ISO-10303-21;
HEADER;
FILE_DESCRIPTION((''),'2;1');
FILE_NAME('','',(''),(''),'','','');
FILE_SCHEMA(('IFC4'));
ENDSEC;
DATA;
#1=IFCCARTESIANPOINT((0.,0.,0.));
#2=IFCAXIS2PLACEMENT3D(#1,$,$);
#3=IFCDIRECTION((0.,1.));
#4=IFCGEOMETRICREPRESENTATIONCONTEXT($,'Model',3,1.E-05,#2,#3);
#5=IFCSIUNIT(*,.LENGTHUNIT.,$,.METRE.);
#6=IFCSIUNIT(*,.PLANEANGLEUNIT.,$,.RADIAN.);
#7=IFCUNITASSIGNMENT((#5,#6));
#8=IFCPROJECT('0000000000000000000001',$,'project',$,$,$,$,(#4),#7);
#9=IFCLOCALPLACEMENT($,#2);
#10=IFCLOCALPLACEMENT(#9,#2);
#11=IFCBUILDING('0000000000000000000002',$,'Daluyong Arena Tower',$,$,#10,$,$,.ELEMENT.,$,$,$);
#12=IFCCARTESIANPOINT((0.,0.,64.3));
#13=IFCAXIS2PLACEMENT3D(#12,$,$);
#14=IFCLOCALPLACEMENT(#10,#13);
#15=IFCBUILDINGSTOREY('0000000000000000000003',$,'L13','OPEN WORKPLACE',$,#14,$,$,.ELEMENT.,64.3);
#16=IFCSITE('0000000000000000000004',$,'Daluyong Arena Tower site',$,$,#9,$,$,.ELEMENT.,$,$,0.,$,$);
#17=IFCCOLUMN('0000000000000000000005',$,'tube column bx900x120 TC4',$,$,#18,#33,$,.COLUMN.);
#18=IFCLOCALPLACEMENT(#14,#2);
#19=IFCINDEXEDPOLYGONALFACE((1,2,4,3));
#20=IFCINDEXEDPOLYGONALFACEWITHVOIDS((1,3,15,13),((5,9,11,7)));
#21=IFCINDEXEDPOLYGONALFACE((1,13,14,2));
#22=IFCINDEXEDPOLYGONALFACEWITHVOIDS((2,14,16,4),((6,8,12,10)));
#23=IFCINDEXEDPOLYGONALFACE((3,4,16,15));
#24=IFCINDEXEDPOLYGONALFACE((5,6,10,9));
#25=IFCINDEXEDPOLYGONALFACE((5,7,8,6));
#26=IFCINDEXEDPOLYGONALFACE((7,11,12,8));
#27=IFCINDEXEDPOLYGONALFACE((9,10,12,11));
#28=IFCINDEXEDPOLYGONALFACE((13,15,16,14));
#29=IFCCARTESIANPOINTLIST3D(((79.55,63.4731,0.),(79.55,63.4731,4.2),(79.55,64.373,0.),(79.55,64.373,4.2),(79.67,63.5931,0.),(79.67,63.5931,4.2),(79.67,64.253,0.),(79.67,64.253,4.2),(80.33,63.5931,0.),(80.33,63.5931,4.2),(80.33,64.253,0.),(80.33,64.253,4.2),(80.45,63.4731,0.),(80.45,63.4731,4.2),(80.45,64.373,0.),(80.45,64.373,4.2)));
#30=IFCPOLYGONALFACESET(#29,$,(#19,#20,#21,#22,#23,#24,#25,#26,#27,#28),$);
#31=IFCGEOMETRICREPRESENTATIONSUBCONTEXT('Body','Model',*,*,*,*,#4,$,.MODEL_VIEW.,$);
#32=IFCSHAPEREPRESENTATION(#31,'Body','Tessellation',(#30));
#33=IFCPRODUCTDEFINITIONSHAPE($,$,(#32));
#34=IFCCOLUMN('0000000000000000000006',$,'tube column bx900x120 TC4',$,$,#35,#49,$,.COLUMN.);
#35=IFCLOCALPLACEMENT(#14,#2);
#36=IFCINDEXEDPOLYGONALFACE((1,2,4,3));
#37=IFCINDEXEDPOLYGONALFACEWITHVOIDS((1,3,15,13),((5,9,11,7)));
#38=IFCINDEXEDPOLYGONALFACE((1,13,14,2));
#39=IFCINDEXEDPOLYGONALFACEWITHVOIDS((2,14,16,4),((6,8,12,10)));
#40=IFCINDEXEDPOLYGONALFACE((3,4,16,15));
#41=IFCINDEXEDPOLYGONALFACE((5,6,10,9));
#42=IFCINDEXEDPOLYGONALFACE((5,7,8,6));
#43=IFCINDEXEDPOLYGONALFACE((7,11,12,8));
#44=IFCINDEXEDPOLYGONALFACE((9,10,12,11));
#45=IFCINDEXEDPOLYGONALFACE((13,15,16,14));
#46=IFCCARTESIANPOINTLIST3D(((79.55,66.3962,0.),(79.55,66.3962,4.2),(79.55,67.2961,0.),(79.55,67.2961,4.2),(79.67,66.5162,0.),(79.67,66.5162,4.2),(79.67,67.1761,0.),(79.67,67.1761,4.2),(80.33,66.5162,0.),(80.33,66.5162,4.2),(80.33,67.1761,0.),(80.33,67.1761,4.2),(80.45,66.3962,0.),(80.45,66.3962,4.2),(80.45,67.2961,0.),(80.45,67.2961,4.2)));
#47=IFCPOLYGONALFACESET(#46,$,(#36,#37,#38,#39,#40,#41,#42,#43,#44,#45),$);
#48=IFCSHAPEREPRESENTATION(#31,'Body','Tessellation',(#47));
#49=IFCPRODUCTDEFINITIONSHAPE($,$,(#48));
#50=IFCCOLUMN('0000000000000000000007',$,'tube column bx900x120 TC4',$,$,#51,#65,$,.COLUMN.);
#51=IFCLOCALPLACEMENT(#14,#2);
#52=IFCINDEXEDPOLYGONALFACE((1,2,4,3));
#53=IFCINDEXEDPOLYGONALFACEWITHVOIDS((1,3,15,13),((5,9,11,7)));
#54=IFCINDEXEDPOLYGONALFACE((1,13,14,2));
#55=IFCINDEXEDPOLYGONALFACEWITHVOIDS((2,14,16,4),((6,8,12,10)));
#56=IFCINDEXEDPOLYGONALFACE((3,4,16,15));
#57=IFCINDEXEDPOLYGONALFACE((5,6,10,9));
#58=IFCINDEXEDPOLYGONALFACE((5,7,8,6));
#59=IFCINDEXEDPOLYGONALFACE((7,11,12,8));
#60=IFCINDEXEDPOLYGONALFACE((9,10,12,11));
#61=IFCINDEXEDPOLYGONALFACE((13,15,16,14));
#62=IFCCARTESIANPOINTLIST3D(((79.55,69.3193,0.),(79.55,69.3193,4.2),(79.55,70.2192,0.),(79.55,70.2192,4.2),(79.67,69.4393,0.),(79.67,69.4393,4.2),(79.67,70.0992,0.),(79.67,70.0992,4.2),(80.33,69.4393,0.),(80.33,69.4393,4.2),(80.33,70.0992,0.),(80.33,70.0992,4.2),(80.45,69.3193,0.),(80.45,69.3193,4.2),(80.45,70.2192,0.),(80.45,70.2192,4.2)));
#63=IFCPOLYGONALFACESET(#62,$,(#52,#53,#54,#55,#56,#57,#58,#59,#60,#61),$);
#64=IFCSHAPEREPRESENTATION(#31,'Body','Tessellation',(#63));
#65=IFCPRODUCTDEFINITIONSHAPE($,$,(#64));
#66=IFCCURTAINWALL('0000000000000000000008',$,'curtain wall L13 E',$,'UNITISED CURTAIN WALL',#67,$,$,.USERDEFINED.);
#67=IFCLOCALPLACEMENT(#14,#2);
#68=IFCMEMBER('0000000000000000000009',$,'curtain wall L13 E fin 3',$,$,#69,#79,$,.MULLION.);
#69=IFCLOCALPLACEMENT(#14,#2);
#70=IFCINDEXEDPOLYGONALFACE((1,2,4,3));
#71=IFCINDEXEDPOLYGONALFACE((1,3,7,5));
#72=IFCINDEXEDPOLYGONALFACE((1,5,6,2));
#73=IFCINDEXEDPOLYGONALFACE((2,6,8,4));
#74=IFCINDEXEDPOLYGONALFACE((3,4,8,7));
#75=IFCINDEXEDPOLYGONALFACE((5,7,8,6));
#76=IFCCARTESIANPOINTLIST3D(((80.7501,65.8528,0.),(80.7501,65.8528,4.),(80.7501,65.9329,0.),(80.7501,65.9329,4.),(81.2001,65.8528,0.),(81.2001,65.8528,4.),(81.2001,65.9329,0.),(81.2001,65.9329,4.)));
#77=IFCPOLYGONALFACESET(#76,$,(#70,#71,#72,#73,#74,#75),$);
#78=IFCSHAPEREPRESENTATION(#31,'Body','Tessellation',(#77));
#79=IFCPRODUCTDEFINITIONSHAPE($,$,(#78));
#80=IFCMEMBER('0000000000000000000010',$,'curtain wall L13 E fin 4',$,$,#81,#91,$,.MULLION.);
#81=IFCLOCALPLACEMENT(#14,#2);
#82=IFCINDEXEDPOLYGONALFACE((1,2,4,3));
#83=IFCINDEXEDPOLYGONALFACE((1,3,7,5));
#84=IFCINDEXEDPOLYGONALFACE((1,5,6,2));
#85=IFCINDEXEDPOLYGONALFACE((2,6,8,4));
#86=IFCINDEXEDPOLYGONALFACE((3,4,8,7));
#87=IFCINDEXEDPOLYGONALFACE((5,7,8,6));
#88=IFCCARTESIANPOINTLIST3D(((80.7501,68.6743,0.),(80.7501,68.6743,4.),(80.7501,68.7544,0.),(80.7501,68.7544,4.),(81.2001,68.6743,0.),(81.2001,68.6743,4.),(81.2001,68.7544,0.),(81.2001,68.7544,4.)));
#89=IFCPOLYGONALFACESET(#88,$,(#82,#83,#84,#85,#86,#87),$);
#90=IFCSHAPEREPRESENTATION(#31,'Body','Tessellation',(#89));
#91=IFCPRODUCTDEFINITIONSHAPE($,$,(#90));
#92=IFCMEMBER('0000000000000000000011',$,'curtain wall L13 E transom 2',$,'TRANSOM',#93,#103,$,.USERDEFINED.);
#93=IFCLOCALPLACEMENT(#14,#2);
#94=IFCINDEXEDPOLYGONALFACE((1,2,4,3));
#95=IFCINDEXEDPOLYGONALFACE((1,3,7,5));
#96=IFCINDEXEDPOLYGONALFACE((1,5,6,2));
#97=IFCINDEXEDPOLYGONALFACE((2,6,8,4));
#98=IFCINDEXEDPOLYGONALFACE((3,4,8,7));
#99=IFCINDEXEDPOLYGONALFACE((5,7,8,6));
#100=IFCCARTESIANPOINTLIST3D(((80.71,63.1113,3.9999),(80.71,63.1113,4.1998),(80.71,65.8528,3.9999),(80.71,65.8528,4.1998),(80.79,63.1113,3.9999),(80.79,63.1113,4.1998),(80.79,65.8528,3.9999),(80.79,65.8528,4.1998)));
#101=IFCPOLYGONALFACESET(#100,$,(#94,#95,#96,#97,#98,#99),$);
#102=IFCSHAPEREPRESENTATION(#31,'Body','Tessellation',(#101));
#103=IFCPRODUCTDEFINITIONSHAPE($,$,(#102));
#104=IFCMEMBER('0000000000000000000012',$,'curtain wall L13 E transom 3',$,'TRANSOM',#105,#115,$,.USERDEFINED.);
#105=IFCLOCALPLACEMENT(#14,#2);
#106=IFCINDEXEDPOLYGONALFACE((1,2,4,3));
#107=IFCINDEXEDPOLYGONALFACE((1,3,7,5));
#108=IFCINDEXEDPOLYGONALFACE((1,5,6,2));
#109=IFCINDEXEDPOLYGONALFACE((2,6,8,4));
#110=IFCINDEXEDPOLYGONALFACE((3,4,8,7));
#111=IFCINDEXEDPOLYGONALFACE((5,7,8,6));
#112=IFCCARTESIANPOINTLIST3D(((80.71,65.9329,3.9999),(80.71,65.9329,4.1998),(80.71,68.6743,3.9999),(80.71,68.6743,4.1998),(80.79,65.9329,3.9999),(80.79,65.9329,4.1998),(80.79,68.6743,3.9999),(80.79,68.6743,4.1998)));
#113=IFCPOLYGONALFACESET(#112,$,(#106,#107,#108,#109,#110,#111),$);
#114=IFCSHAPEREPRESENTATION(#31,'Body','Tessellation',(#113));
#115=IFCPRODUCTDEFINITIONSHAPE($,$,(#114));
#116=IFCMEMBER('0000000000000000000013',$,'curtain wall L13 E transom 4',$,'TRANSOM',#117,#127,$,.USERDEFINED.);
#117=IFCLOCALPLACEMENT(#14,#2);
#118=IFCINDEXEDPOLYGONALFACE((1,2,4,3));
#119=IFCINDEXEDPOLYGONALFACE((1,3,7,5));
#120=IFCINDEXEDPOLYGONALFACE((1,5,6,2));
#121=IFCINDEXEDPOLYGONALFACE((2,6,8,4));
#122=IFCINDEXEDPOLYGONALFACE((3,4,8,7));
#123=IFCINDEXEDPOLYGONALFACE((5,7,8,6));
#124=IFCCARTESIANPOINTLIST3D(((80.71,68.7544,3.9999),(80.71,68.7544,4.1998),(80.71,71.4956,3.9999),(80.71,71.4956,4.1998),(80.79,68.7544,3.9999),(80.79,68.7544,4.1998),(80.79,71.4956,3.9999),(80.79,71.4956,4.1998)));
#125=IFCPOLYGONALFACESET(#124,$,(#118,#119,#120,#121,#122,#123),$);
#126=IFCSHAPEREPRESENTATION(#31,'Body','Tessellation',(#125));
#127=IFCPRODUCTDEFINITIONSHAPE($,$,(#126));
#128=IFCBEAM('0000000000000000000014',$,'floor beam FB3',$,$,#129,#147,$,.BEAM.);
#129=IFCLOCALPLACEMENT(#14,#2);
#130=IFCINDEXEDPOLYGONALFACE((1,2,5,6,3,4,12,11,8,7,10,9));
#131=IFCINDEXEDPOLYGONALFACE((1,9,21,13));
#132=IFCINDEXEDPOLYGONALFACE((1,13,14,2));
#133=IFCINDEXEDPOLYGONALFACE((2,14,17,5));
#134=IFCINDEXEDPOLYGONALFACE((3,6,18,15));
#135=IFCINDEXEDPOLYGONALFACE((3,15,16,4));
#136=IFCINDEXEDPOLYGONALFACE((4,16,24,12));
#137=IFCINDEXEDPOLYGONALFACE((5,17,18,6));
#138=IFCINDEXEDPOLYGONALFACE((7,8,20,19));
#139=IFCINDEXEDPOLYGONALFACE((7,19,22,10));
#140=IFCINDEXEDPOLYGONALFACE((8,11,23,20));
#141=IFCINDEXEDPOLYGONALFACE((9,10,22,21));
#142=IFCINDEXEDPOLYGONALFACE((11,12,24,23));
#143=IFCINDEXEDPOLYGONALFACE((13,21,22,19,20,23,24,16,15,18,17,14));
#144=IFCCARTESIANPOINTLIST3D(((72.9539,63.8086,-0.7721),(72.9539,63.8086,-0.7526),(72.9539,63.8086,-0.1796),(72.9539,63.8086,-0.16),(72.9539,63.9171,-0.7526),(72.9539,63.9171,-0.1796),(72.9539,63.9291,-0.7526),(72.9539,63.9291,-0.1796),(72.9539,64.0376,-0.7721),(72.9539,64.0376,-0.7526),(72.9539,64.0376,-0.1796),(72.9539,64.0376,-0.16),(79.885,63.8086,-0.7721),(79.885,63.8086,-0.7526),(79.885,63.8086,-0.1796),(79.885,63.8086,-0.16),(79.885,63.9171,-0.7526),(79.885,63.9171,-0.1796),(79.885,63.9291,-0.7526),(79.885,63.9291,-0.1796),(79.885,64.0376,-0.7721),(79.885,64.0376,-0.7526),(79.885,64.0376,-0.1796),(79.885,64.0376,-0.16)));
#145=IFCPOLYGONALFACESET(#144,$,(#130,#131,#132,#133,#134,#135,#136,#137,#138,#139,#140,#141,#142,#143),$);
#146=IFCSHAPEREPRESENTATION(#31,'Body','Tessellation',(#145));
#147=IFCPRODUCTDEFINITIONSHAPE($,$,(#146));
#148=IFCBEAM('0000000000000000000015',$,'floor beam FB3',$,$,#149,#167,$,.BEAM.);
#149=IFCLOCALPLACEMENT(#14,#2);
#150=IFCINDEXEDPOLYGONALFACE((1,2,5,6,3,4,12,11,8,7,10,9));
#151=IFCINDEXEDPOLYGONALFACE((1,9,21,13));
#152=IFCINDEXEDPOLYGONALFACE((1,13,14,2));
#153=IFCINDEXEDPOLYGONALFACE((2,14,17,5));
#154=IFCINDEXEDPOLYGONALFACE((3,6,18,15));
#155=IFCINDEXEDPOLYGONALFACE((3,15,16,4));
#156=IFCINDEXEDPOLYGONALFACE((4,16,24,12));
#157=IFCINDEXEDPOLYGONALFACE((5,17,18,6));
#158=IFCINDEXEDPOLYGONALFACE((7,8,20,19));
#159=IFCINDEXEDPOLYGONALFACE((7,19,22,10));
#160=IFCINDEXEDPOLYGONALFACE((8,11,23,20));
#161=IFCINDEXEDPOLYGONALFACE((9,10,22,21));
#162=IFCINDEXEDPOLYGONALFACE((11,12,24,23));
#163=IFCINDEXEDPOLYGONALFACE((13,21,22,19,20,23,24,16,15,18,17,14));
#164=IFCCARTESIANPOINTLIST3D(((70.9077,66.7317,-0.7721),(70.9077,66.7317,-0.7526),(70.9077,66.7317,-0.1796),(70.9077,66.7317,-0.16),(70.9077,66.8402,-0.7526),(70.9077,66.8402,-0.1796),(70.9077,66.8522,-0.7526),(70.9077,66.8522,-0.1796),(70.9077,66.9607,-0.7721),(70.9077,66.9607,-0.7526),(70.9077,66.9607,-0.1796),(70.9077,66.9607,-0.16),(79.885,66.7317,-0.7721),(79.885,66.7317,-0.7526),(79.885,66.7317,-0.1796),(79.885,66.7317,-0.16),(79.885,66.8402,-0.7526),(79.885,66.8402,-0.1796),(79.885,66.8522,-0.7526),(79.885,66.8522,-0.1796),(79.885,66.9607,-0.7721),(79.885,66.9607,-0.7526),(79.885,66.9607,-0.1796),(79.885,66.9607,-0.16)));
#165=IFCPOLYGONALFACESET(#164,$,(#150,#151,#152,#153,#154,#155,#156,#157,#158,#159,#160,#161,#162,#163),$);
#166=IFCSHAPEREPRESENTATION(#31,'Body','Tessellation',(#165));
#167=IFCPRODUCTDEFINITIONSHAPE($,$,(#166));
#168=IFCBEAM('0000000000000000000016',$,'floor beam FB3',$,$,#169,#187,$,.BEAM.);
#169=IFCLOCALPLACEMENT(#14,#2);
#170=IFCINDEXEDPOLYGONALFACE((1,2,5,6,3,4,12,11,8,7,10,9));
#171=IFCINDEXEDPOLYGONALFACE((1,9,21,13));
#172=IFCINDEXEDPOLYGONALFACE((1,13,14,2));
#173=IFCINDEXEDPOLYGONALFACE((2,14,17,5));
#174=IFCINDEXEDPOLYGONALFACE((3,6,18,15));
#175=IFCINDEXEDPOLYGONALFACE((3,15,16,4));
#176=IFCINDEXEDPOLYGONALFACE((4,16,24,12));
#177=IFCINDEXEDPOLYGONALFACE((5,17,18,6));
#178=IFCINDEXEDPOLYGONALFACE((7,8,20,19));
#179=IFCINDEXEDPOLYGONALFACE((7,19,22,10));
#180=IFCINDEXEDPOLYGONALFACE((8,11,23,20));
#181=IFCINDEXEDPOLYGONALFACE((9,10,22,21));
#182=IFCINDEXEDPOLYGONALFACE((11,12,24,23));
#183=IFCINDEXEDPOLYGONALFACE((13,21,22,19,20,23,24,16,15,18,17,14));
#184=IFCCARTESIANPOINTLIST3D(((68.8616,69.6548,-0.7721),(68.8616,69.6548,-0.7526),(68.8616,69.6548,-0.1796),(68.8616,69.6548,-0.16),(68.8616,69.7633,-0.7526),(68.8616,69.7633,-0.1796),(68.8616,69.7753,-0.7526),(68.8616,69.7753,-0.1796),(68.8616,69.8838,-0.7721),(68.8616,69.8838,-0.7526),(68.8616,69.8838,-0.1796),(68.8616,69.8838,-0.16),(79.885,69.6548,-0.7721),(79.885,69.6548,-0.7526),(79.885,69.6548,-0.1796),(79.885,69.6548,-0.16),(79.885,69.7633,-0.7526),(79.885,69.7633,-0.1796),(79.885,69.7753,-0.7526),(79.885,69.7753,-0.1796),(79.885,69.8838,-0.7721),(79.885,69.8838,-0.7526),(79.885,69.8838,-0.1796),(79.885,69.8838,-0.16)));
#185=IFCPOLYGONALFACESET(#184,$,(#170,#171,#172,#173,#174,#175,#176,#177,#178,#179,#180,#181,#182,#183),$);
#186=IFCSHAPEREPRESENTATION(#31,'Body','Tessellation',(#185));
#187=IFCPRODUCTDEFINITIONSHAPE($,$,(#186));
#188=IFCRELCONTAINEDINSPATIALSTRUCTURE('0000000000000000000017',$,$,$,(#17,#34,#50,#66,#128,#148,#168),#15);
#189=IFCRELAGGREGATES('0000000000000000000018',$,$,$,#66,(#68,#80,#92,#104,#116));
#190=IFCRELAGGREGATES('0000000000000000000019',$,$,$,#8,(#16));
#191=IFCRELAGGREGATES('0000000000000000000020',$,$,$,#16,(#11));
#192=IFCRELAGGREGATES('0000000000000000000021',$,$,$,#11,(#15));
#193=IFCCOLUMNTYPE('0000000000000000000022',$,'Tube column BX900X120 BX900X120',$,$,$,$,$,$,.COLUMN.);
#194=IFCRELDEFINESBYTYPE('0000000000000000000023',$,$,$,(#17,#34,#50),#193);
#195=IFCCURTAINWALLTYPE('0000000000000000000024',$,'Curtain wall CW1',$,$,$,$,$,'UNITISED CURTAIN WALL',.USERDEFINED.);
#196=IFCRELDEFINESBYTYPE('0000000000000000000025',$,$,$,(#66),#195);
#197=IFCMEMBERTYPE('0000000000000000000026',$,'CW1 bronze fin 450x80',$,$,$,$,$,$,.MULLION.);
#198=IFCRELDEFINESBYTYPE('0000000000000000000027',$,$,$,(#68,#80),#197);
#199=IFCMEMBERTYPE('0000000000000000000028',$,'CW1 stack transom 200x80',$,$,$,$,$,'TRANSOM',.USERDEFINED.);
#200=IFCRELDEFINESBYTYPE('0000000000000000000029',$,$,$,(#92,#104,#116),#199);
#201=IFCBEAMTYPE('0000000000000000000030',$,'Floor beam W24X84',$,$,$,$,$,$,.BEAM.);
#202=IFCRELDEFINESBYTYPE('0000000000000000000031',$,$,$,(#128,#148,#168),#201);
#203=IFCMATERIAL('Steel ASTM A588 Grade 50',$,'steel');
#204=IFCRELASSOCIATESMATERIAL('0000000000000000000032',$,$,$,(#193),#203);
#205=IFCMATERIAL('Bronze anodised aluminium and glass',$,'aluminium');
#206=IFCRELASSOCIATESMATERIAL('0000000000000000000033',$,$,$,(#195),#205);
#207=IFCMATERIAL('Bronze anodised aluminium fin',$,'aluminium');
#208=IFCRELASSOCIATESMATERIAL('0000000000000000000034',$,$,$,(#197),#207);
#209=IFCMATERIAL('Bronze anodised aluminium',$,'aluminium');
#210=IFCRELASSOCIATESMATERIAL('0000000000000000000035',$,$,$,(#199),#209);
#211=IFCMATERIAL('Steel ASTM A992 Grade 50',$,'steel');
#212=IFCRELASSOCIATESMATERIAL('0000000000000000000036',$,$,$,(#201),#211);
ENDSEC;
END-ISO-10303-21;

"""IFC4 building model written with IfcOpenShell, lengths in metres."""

from ifc_helpers import new_model, si_unit, direction, frame, origin, origin_2d, place, context, subcontext, project, spatial, rectangle, hollow_rectangle, i_section, extrude, material, material_profile, profile_set, type_object, element, aggregate, save


model = new_model("IFC4")

# Units and contexts
model_context = context("Model", 3, precision=1e-05, world=origin(), true_north=direction((0.0, 1.0)))
body_context = subcontext(model_context, "Body", "Model", "MODEL_VIEW")
ifc_project = project(units=[si_unit("LENGTHUNIT", "METRE"), si_unit("PLANEANGLEUNIT", "RADIAN")], contexts=[model_context])

# Site, building, storey
site_placement = place(None, origin())
site = spatial("IfcSite", under=ifc_project, at=site_placement, Name="Daluyong Arena Tower site", CompositionType="ELEMENT", RefElevation=0.0)
building_placement = place(site_placement, origin())
building = spatial("IfcBuilding", under=site, at=building_placement, Name="Daluyong Arena Tower", CompositionType="ELEMENT")
storey_placement = place(building_placement, frame((0.0, 0.0, 64.3)))
storey = spatial("IfcBuildingStorey", under=building, at=storey_placement, Name="L13", Description="OPEN WORKPLACE", CompositionType="ELEMENT", Elevation=64.3)

# Columns
ifc_material_1 = material(Name="Steel ASTM A588 Grade 50", Category="steel")
ifc_material_profile_1 = material_profile(ifc_material_1, hollow_rectangle(XDim=0.8999, YDim=0.8999, WallThickness=0.12, at=origin_2d()))
ifc_profile_set_1 = profile_set([ifc_material_profile_1], Name="Steel ASTM A588 Grade 50")
column_type = type_object("IfcColumnType", Name="Tube column BX900X120 BX900X120", PredefinedType="COLUMN", material=ifc_profile_set_1)
for number, where, z_axis, x_axis, name in (
    (1, (80.0, 63.9231, 0.0), (0.0, 0.0, 1.0), (0.0, 1.0, 0.0), "tube column bx900x120 TC4"),
    (2, (80.0, 66.8462, 0.0), (0.0, 0.0, 1.0), (0.0, 1.0, 0.0), "tube column bx900x120 TC4"),
    (3, (80.0, 69.7693, 0.0), (0.0, 0.0, 1.0), (0.0, 1.0, 0.0), "tube column bx900x120 TC4"),
):
    element("IfcColumn", number, at=place(storey_placement, frame(where, z_axis=z_axis, x_axis=x_axis)), inside=storey, type_object=column_type, Name=name, PredefinedType="COLUMN", context=body_context, shape_type="SweptSolid", body=[
        extrude(hollow_rectangle(XDim=0.8999, YDim=0.8999, WallThickness=0.12, at=origin_2d()), origin(), (0.0, 0.0, 1.0), 4.2),
    ])

# Curtain wall, members
ifc_material_2 = material(Name="Bronze anodised aluminium and glass", Category="aluminium")
curtain_wall_type = type_object("IfcCurtainWallType", Name="Curtain wall CW1", ElementType="UNITISED CURTAIN WALL", PredefinedType="USERDEFINED", material=ifc_material_2)
curtain_wall_placement = place(storey_placement, origin())
curtain_wall = element("IfcCurtainWall", 4, at=curtain_wall_placement, inside=storey, type_object=curtain_wall_type, Name="curtain wall L13 E", ObjectType="UNITISED CURTAIN WALL", PredefinedType="USERDEFINED")
ifc_material_3 = material(Name="Bronze anodised aluminium fin", Category="aluminium")
ifc_material_profile_2 = material_profile(ifc_material_3, rectangle(XDim=0.45, YDim=0.0801, at=origin_2d()))
ifc_profile_set_2 = profile_set([ifc_material_profile_2], Name="Bronze anodised aluminium fin")
member_type_1 = type_object("IfcMemberType", Name="CW1 bronze fin 450x80", PredefinedType="MULLION", material=ifc_profile_set_2)
member_1_placement = place(storey_placement, frame((80.9751, 65.8928, 0.0), z_axis=(0.0, 0.0, 1.0), x_axis=(-1.0, 0.0, 0.0)))
member_1 = element("IfcMember", 5, at=member_1_placement, type_object=member_type_1, Name="curtain wall L13 E fin 3", PredefinedType="MULLION", context=body_context, shape_type="SweptSolid", body=[
    extrude(rectangle(XDim=0.45, YDim=0.0801, at=origin_2d()), origin(), (0.0, 0.0, 1.0), 4.0),
])
member_2_placement = place(storey_placement, frame((80.9751, 68.7144, 0.0), z_axis=(0.0, 0.0, 1.0), x_axis=(-1.0, 0.0, 0.0)))
member_2 = element("IfcMember", 6, at=member_2_placement, type_object=member_type_1, Name="curtain wall L13 E fin 4", PredefinedType="MULLION", context=body_context, shape_type="SweptSolid", body=[
    extrude(rectangle(XDim=0.45, YDim=0.0801, at=origin_2d()), origin(), (0.0, 0.0, 1.0), 4.0),
])
ifc_material_4 = material(Name="Bronze anodised aluminium", Category="aluminium")
ifc_material_profile_3 = material_profile(ifc_material_4, rectangle(XDim=0.0801, YDim=0.2, at=origin_2d()))
ifc_profile_set_3 = profile_set([ifc_material_profile_3], Name="Bronze anodised aluminium")
member_type_2 = type_object("IfcMemberType", Name="CW1 stack transom 200x80", ElementType="TRANSOM", PredefinedType="USERDEFINED", material=ifc_profile_set_3)
member_3_placement = place(storey_placement, frame((80.75, 63.1113, 4.0999), z_axis=(0.0, 1.0, 0.0), x_axis=(-1.0, 0.0, 0.0)))
member_3 = element("IfcMember", 7, at=member_3_placement, type_object=member_type_2, Name="curtain wall L13 E transom 2", ObjectType="TRANSOM", PredefinedType="USERDEFINED", context=body_context, shape_type="SweptSolid", body=[
    extrude(rectangle(XDim=0.0801, YDim=0.2, at=origin_2d()), origin(), (0.0, 0.0, 1.0), 2.7415),
])
member_4_placement = place(storey_placement, frame((80.75, 65.9329, 4.0999), z_axis=(0.0, 1.0, 0.0), x_axis=(-1.0, 0.0, 0.0)))
member_4 = element("IfcMember", 8, at=member_4_placement, type_object=member_type_2, Name="curtain wall L13 E transom 3", ObjectType="TRANSOM", PredefinedType="USERDEFINED", context=body_context, shape_type="SweptSolid", body=[
    extrude(rectangle(XDim=0.0801, YDim=0.2, at=origin_2d()), origin(), (0.0, 0.0, 1.0), 2.7415),
])
member_5_placement = place(storey_placement, frame((80.75, 68.7544, 4.0999), z_axis=(0.0, 1.0, 0.0), x_axis=(-1.0, 0.0, 0.0)))
member_5 = element("IfcMember", 9, at=member_5_placement, type_object=member_type_2, Name="curtain wall L13 E transom 4", ObjectType="TRANSOM", PredefinedType="USERDEFINED", context=body_context, shape_type="SweptSolid", body=[
    extrude(rectangle(XDim=0.0801, YDim=0.2, at=origin_2d()), origin(), (0.0, 0.0, 1.0), 2.7412),
])

# Beams
ifc_material_5 = material(Name="Steel ASTM A992 Grade 50", Category="steel")
ifc_material_profile_4 = material_profile(ifc_material_5, i_section(OverallWidth=0.229, OverallDepth=0.6121, WebThickness=0.012, FlangeThickness=0.0195, at=origin_2d()))
ifc_profile_set_4 = profile_set([ifc_material_profile_4], Name="Steel ASTM A992 Grade 50")
beam_type_1 = type_object("IfcBeamType", Name="Floor beam W24X84", PredefinedType="BEAM", material=ifc_profile_set_4)
beam_1_placement = place(storey_placement, frame((79.885, 63.9231, -0.4661), z_axis=(-1.0, 0.0, 0.0), x_axis=(0.0, -1.0, 0.0)))
element("IfcBeam", 10, at=beam_1_placement, inside=storey, type_object=beam_type_1, Name="floor beam FB3", PredefinedType="BEAM", context=body_context, shape_type="SweptSolid", body=[
    extrude(i_section(OverallWidth=0.229, OverallDepth=0.6121, WebThickness=0.012, FlangeThickness=0.0195, at=origin_2d()), origin(), (0.0, 0.0, 1.0), 6.9312),
])
beam_2_placement = place(storey_placement, frame((79.885, 66.8462, -0.4661), z_axis=(-1.0, 0.0, 0.0), x_axis=(0.0, -1.0, 0.0)))
element("IfcBeam", 11, at=beam_2_placement, inside=storey, type_object=beam_type_1, Name="floor beam FB3", PredefinedType="BEAM", context=body_context, shape_type="SweptSolid", body=[
    extrude(i_section(OverallWidth=0.229, OverallDepth=0.6121, WebThickness=0.012, FlangeThickness=0.0195, at=origin_2d()), origin(), (0.0, 0.0, 1.0), 8.9773),
])
beam_3_placement = place(storey_placement, frame((79.885, 69.7693, -0.4661), z_axis=(-1.0, 0.0, 0.0), x_axis=(0.0, -1.0, 0.0)))
element("IfcBeam", 12, at=beam_3_placement, inside=storey, type_object=beam_type_1, Name="floor beam FB3", PredefinedType="BEAM", context=body_context, shape_type="SweptSolid", body=[
    extrude(i_section(OverallWidth=0.229, OverallDepth=0.6121, WebThickness=0.012, FlangeThickness=0.0195, at=origin_2d()), origin(), (0.0, 0.0, 1.0), 11.0234),
])

aggregate(curtain_wall, [member_1, member_2, member_3, member_4, member_5])

save(model, "model.ifc")
